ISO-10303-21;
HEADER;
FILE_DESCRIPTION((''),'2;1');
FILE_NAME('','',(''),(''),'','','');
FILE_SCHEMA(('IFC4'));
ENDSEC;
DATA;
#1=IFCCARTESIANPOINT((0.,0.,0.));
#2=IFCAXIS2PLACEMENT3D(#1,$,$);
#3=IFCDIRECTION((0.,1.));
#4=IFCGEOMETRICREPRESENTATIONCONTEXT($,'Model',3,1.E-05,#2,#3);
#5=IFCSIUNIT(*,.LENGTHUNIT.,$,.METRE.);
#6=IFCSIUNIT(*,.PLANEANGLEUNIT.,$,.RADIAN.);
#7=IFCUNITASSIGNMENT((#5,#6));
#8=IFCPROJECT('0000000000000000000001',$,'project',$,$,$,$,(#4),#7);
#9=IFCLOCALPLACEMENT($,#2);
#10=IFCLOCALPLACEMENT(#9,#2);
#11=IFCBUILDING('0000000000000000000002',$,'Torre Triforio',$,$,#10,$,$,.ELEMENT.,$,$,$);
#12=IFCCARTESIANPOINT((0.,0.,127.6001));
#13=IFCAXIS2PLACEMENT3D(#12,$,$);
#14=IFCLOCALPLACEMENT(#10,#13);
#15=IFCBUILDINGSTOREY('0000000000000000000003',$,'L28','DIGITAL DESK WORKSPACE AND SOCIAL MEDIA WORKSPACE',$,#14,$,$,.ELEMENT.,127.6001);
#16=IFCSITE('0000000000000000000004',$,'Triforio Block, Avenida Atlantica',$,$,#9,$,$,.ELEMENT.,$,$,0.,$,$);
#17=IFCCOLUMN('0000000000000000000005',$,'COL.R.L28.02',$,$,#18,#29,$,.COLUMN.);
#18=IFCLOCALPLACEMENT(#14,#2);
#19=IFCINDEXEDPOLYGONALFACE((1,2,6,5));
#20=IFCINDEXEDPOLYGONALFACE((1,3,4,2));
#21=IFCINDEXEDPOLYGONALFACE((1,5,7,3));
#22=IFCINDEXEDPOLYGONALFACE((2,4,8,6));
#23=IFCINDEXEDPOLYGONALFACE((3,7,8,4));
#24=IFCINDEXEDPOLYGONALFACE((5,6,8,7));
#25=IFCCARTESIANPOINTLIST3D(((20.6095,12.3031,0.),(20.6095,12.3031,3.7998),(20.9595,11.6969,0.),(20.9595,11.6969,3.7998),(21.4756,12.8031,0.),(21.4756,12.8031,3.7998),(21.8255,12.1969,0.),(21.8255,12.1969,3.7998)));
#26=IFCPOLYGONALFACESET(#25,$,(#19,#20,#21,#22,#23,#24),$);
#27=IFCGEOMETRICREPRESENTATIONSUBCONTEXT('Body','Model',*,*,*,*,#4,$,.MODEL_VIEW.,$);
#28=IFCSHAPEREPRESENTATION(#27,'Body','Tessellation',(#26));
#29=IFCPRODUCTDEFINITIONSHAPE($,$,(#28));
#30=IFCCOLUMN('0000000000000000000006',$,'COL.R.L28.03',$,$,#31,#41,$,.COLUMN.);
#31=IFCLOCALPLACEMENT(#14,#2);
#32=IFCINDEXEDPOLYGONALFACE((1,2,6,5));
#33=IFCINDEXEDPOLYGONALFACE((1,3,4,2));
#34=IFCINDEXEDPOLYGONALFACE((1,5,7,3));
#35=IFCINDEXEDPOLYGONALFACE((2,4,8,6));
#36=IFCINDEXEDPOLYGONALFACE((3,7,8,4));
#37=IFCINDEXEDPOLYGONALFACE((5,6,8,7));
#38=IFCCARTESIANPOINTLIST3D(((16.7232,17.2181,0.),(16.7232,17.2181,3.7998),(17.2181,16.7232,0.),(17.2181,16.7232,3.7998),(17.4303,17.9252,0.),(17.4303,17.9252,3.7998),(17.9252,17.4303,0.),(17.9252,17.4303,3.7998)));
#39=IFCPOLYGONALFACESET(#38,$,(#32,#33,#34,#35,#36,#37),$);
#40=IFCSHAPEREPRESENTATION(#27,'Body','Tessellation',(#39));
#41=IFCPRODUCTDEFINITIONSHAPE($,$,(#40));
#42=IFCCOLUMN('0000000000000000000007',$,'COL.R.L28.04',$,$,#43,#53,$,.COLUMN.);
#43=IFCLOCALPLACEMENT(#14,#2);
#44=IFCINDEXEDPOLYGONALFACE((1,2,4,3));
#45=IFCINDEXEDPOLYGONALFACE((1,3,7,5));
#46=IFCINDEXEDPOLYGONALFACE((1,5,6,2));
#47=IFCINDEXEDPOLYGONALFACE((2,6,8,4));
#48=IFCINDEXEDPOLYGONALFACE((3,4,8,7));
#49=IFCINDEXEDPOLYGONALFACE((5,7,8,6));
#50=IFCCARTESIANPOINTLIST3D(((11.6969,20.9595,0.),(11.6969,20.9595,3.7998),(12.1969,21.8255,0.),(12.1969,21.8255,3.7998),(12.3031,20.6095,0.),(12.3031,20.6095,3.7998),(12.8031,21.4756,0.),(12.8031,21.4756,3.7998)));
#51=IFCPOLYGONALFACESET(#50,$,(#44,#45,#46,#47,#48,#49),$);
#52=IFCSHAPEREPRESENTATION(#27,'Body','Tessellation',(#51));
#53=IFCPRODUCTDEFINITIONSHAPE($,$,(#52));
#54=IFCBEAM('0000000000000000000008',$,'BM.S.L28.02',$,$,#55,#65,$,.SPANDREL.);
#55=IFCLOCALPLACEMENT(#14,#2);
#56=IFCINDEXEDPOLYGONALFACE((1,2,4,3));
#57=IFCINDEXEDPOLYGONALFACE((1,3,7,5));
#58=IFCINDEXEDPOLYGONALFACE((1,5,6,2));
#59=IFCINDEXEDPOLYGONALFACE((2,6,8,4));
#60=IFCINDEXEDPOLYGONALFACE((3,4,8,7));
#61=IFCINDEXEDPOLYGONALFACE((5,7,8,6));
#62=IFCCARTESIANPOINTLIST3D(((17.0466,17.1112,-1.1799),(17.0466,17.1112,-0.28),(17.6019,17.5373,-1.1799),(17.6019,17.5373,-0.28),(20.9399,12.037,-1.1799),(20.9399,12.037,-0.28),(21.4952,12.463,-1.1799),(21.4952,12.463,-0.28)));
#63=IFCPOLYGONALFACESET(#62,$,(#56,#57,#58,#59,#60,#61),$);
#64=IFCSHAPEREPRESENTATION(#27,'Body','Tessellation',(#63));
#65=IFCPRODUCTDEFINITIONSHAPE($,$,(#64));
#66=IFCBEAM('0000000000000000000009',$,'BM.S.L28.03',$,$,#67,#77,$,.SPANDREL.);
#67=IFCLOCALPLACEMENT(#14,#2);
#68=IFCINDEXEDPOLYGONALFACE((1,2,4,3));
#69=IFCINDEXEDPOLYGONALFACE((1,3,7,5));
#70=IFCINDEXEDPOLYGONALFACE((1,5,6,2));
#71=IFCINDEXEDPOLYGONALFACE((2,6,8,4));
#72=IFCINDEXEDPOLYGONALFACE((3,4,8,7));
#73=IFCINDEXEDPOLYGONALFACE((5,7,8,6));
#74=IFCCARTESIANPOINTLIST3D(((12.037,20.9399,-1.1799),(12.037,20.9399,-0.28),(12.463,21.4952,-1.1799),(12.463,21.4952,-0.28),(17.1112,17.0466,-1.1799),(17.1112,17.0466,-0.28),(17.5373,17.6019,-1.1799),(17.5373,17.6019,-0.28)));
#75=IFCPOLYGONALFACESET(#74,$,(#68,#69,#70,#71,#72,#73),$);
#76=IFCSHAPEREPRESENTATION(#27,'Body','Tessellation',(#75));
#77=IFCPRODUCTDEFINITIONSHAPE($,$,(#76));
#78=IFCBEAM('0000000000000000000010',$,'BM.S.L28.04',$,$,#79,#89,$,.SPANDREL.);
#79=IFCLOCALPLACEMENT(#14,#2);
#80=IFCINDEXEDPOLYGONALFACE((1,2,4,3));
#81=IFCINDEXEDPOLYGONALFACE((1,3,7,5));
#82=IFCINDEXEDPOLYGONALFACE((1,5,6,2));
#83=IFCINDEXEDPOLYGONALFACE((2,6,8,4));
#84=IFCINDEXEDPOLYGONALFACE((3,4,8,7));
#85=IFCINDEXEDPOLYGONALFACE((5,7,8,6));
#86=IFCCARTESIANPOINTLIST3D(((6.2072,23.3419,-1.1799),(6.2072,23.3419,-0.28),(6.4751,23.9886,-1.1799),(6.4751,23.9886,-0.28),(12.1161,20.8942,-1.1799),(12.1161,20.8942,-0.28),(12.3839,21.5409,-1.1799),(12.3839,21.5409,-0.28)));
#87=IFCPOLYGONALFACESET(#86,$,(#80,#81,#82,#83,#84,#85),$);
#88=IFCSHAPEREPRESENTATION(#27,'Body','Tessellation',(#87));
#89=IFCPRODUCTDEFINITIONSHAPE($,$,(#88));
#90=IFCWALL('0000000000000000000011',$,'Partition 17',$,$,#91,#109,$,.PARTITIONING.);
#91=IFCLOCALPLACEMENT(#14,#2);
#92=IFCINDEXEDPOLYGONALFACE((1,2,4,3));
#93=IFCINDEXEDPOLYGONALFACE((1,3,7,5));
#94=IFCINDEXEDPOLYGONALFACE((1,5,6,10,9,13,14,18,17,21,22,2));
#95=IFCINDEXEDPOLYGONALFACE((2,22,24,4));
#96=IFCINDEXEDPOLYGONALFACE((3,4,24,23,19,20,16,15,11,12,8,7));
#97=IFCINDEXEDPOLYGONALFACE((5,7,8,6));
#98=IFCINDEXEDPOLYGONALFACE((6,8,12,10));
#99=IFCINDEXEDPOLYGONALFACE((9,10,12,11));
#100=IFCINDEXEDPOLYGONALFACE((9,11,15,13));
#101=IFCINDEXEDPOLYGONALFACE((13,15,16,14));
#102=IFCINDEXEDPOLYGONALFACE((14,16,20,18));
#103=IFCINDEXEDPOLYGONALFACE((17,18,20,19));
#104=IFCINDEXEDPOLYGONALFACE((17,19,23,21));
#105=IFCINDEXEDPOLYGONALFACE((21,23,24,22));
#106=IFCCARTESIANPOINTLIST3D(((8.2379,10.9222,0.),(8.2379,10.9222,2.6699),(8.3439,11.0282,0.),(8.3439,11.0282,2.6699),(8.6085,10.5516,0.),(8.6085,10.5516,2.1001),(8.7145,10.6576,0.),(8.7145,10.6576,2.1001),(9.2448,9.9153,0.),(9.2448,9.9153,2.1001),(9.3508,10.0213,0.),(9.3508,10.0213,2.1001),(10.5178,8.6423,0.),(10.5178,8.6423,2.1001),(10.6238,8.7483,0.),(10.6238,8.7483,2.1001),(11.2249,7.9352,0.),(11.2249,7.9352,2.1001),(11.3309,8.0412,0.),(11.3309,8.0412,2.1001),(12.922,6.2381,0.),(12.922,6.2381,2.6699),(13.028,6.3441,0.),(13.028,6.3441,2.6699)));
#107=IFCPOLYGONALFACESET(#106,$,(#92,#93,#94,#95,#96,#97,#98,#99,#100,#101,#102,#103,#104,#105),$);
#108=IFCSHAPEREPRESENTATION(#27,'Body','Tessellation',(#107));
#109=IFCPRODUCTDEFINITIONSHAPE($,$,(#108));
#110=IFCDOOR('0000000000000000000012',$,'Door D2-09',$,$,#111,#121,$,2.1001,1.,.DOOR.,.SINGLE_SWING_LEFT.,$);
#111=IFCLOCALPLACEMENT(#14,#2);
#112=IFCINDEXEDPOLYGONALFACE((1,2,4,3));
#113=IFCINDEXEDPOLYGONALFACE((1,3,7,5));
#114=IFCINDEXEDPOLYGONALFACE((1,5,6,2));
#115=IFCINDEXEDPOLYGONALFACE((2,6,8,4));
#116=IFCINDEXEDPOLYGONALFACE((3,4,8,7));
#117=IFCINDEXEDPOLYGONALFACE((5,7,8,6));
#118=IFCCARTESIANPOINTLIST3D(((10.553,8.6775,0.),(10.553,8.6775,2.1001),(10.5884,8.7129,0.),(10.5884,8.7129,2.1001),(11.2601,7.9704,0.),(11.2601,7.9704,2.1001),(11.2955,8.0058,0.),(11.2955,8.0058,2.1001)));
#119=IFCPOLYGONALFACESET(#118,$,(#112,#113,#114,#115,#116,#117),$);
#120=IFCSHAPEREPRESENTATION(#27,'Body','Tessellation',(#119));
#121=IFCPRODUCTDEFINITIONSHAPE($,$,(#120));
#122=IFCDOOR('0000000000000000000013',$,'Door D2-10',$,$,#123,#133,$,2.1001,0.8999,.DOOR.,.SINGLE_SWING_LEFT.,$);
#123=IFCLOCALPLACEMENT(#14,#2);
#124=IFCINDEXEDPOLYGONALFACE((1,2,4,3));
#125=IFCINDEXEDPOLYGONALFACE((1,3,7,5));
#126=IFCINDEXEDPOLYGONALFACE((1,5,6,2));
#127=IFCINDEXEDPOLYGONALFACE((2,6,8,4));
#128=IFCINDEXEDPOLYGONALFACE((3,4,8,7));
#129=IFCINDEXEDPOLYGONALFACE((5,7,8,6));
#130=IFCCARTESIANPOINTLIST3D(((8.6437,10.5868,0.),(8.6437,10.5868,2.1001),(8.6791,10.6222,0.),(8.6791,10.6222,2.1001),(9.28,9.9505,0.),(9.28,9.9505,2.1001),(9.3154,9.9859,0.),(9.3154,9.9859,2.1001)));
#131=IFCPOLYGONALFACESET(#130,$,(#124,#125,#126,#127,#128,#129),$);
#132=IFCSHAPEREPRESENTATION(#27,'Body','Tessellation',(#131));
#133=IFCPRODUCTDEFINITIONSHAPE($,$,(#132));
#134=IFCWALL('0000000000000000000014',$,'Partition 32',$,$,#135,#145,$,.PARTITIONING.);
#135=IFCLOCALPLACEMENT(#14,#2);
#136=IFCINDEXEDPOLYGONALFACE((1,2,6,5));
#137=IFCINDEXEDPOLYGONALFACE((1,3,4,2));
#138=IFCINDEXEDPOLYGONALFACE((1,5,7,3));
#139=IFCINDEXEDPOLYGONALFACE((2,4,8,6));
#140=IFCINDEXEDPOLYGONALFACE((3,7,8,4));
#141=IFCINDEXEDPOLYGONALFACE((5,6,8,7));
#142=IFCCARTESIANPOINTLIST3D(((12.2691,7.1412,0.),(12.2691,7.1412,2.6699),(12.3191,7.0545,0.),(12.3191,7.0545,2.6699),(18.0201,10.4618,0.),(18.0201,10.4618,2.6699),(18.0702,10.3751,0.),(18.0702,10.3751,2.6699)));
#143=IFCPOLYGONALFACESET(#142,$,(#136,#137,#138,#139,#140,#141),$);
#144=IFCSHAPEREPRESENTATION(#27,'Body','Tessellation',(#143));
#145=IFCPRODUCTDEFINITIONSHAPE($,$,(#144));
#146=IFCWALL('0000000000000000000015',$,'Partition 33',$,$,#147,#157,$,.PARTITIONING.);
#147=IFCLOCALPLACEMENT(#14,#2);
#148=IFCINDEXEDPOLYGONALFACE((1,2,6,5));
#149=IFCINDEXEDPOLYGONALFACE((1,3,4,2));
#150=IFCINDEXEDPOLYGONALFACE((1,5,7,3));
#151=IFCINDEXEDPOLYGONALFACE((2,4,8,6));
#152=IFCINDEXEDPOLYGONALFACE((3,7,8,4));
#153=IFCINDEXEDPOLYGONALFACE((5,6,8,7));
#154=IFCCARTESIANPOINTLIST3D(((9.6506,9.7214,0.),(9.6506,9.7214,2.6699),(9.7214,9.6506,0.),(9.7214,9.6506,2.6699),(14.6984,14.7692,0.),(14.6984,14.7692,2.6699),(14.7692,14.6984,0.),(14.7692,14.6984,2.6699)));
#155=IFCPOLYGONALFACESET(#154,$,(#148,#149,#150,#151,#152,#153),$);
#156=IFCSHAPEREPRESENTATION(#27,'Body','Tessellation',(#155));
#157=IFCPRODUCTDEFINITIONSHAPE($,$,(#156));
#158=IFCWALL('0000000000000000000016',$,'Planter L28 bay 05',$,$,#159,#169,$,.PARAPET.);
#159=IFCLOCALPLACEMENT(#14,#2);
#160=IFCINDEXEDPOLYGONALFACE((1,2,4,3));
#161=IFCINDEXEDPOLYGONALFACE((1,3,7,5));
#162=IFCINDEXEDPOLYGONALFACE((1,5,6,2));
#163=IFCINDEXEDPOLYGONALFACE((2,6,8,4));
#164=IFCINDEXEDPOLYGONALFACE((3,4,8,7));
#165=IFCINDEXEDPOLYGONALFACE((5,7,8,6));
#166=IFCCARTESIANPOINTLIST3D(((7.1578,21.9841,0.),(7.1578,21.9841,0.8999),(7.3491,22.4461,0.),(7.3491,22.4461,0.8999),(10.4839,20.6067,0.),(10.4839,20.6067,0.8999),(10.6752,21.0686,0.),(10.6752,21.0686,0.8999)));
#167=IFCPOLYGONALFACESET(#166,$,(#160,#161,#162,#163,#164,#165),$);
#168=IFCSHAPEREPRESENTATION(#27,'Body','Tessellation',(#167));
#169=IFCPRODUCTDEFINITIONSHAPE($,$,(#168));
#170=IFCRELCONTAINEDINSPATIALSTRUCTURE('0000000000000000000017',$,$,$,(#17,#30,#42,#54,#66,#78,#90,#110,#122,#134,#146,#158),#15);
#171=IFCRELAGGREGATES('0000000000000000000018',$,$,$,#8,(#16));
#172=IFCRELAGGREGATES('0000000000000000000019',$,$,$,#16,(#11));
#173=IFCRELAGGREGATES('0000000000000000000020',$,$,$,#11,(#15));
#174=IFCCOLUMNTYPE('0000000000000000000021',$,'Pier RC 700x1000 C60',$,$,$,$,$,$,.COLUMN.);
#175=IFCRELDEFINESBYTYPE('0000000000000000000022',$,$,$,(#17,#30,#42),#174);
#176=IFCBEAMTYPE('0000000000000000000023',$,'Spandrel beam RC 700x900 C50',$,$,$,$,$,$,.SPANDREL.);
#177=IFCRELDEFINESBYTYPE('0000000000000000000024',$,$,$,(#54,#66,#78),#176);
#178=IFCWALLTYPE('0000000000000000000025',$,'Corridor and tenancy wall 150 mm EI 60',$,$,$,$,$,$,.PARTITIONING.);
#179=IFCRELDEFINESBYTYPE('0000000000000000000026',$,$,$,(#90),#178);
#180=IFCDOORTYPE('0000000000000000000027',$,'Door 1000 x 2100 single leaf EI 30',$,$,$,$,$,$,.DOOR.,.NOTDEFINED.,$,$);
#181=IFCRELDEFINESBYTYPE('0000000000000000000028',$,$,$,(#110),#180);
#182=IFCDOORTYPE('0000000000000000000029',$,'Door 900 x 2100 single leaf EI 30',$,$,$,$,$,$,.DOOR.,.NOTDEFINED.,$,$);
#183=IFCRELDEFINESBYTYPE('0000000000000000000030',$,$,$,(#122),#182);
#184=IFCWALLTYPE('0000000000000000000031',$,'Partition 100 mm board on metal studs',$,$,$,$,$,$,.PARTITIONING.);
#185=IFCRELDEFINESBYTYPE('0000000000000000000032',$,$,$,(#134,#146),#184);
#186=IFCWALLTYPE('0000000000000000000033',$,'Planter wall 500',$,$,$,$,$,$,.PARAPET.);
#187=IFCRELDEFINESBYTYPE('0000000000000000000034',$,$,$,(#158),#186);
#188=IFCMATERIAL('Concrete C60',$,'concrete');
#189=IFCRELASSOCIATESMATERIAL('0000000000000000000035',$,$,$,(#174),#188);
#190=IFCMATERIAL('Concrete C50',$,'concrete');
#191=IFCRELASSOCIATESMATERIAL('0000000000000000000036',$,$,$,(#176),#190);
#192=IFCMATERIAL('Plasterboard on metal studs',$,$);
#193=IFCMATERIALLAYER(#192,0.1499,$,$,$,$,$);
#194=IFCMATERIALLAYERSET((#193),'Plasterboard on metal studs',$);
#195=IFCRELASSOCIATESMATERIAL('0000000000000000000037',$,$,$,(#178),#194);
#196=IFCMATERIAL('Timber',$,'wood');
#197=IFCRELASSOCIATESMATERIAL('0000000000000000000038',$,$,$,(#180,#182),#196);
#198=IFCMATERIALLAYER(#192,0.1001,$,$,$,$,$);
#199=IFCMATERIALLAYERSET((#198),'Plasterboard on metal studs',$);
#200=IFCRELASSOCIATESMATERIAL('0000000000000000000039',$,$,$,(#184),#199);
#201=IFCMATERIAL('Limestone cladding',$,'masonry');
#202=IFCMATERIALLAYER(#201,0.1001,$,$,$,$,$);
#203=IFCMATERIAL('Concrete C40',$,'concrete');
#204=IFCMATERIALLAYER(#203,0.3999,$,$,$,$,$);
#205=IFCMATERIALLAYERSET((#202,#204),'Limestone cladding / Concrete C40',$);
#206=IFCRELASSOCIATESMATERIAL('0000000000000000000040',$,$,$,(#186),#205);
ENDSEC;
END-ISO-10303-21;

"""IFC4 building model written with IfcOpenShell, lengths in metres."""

from ifc_helpers import new_model, si_unit, direction, frame, frame_2d, origin, origin_2d, place, context, subcontext, project, spatial, rectangle, extrude, material, layer, layer_set, material_profile, profile_set, type_object, element, fill, save


model = new_model("IFC4")

# Units and contexts
model_context = context("Model", 3, precision=1e-05, world=origin(), true_north=direction((0.0, 1.0)))
body_context = subcontext(model_context, "Body", "Model", "MODEL_VIEW")
ifc_project = project(units=[si_unit("LENGTHUNIT", "METRE"), si_unit("PLANEANGLEUNIT", "RADIAN")], contexts=[model_context])

# Site, building, storey
site_placement = place(None, origin())
site = spatial("IfcSite", under=ifc_project, at=site_placement, Name="Triforio Block, Avenida Atlantica", CompositionType="ELEMENT", RefElevation=0.0)
building_placement = place(site_placement, origin())
building = spatial("IfcBuilding", under=site, at=building_placement, Name="Torre Triforio", CompositionType="ELEMENT")
storey_placement = place(building_placement, frame((0.0, 0.0, 127.6001)))
storey = spatial("IfcBuildingStorey", under=building, at=storey_placement, Name="L28", Description="DIGITAL DESK WORKSPACE AND SOCIAL MEDIA WORKSPACE", CompositionType="ELEMENT", Elevation=127.6001)

# Columns
ifc_material_1 = material(Name="Concrete C60", Category="concrete")
ifc_material_profile_1 = material_profile(ifc_material_1, rectangle(XDim=0.7, YDim=1.0, at=origin_2d()), Name="RC 700x1000")
ifc_profile_set_1 = profile_set([ifc_material_profile_1], Name="Concrete C60")
column_type = type_object("IfcColumnType", Name="Pier RC 700x1000 C60", PredefinedType="COLUMN", material=ifc_profile_set_1)
for number, where, z_axis, x_axis, name in (
    (1, (21.2175, 12.25, 0.0), (0.0, 0.0, 1.0), (-0.5, 0.866025, 0.0), "COL.R.L28.02"),
    (2, (17.3242, 17.3242, 0.0), (0.0, 0.0, 1.0), (-0.707107, 0.707107, 0.0), "COL.R.L28.03"),
    (3, (12.25, 21.2175, 0.0), (0.0, 0.0, 1.0), (-0.866025, 0.5, 0.0), "COL.R.L28.04"),
):
    element("IfcColumn", number, at=place(storey_placement, frame(where, z_axis=z_axis, x_axis=x_axis)), inside=storey, type_object=column_type, Name=name, PredefinedType="COLUMN", context=body_context, shape_type="SweptSolid", body=[
        extrude(rectangle(XDim=0.7, YDim=1.0, at=origin_2d()), origin(), (0.0, 0.0, 1.0), 3.7998),
    ])

# Beams
ifc_material_2 = material(Name="Concrete C50", Category="concrete")
ifc_material_profile_2 = material_profile(ifc_material_2, rectangle(XDim=0.7, YDim=0.8999, at=origin_2d()), Name="RC 700x900")
ifc_profile_set_2 = profile_set([ifc_material_profile_2], Name="Concrete C50")
beam_type = type_object("IfcBeamType", Name="Spandrel beam RC 700x900 C50", PredefinedType="SPANDREL", material=ifc_profile_set_2)
for number, where, z_axis, x_axis, name in (
    (4, (21.2175, 12.25, -0.73), (-0.608734, 0.793374, 0.0), (-0.793374, -0.608734, 0.0), "BM.S.L28.02"),
    (5, (17.3242, 17.3242, -0.73), (-0.793374, 0.608734, 0.0), (-0.608734, -0.793374, 0.0), "BM.S.L28.03"),
    (6, (12.25, 21.2175, -0.73), (-0.923869, 0.382709, 0.0), (-0.382709, -0.923869, 0.0), "BM.S.L28.04"),
):
    element("IfcBeam", number, at=place(storey_placement, frame(where, z_axis=z_axis, x_axis=x_axis)), inside=storey, type_object=beam_type, Name=name, PredefinedType="SPANDREL", context=body_context, shape_type="SweptSolid", body=[
        extrude(rectangle(XDim=0.7, YDim=0.8999, at=origin_2d()), origin(), (0.0, 0.0, 1.0), 6.3958),
    ])

# Wall, openings, doors
ifc_material_3 = material(Name="Plasterboard on metal studs")
ifc_layer_1 = layer(ifc_material_3, 0.1499)
ifc_layer_set_1 = layer_set([ifc_layer_1], Name="Plasterboard on metal studs")
wall_type_1 = type_object("IfcWallType", Name="Corridor and tenancy wall 150 mm EI 60", PredefinedType="PARTITIONING", material=ifc_layer_set_1)
wall_1_placement = place(storey_placement, frame((8.291, 10.9751, 0.0), z_axis=(0.0, 0.0, 1.0), x_axis=(0.707107, -0.707107, 0.0)))
wall_1 = element("IfcWall", 7, at=wall_1_placement, inside=storey, type_object=wall_type_1, Name="Partition 17", PredefinedType="PARTITIONING", context=body_context, shape_type="SweptSolid", body=[
    extrude(rectangle(XDim=6.6243, YDim=0.1499, at=frame_2d((3.312, 0.0))), origin(), (0.0, 0.0, 1.0), 2.6699),
])
opening_1_placement = place(wall_1_placement, frame((3.2241, 0.0, 0.0)))
opening_1 = element("IfcOpeningElement", 8, at=opening_1_placement, cuts=wall_1, PredefinedType="OPENING", context=body_context, shape_type="SweptSolid", body=[
    extrude(rectangle(XDim=1.0, YDim=2.1001, at=frame_2d((0.5, 1.05))), frame((0.0, 0.085, 0.0), z_axis=(0.0, -1.0, 0.0), x_axis=(1.0, 0.0, 0.0)), (0.0, 0.0, 1.0), 0.1699),
])
opening_2_placement = place(wall_1_placement, frame((0.5239, 0.0, 0.0)))
opening_2 = element("IfcOpeningElement", 9, at=opening_2_placement, cuts=wall_1, PredefinedType="OPENING", context=body_context, shape_type="SweptSolid", body=[
    extrude(rectangle(XDim=0.8999, YDim=2.1001, at=frame_2d((0.45, 1.05))), frame((0.0, 0.085, 0.0), z_axis=(0.0, -1.0, 0.0), x_axis=(1.0, 0.0, 0.0)), (0.0, 0.0, 1.0), 0.1699),
])
ifc_material_4 = material(Name="Timber", Category="wood")
door_type_1 = type_object("IfcDoorType", Name="Door 1000 x 2100 single leaf EI 30", OperationType="NOTDEFINED", PredefinedType="DOOR", material=ifc_material_4)
door_1_placement = place(opening_1_placement, origin())
door_1 = element("IfcDoor", 10, at=door_1_placement, inside=storey, type_object=door_type_1, Name="Door D2-09", OperationType="SINGLE_SWING_LEFT", OverallHeight=2.1001, OverallWidth=1.0, PredefinedType="DOOR", context=body_context, shape_type="SweptSolid", body=[
    extrude(rectangle(XDim=1.0, YDim=2.1001, at=frame_2d((0.5, 1.05))), frame((0.0, 0.0249, 0.0), z_axis=(0.0, -1.0, 0.0), x_axis=(1.0, 0.0, 0.0)), (0.0, 0.0, 1.0), 0.05),
])
fill(opening_1, door_1)
door_type_2 = type_object("IfcDoorType", Name="Door 900 x 2100 single leaf EI 30", OperationType="NOTDEFINED", PredefinedType="DOOR", material=ifc_material_4)
door_2_placement = place(opening_2_placement, origin())
door_2 = element("IfcDoor", 11, at=door_2_placement, inside=storey, type_object=door_type_2, Name="Door D2-10", OperationType="SINGLE_SWING_LEFT", OverallHeight=2.1001, OverallWidth=0.8999, PredefinedType="DOOR", context=body_context, shape_type="SweptSolid", body=[
    extrude(rectangle(XDim=0.8999, YDim=2.1001, at=frame_2d((0.45, 1.05))), frame((0.0, 0.0249, 0.0), z_axis=(0.0, -1.0, 0.0), x_axis=(1.0, 0.0, 0.0)), (0.0, 0.0, 1.0), 0.05),
])
fill(opening_2, door_2)

# Walls
ifc_layer_2 = layer(ifc_material_3, 0.1001)
ifc_layer_set_2 = layer_set([ifc_layer_2], Name="Plasterboard on metal studs")
wall_type_2 = type_object("IfcWallType", Name="Partition 100 mm board on metal studs", PredefinedType="PARTITIONING", material=ifc_layer_set_2)
wall_2_placement = place(storey_placement, frame((12.2942, 7.0979, 0.0), z_axis=(0.0, 0.0, 1.0), x_axis=(0.86601, 0.500026, 0.0)))
element("IfcWall", 12, at=wall_2_placement, inside=storey, type_object=wall_type_2, Name="Partition 32", PredefinedType="PARTITIONING", context=body_context, shape_type="SweptSolid", body=[
    extrude(rectangle(XDim=6.6409, YDim=0.1001, at=frame_2d((3.3203, 0.0))), origin(), (0.0, 0.0, 1.0), 2.6699),
])
wall_3_placement = place(storey_placement, frame((9.686, 9.686, 0.0), z_axis=(0.0, 0.0, 1.0), x_axis=(0.707107, 0.707107, 0.0)))
element("IfcWall", 13, at=wall_3_placement, inside=storey, type_object=wall_type_2, Name="Partition 33", PredefinedType="PARTITIONING", context=body_context, shape_type="SweptSolid", body=[
    extrude(rectangle(XDim=7.1387, YDim=0.1001, at=frame_2d((3.5693, 0.0))), origin(), (0.0, 0.0, 1.0), 2.6699),
])
ifc_material_5 = material(Name="Limestone cladding", Category="masonry")
ifc_layer_3 = layer(ifc_material_5, 0.1001)
ifc_material_6 = material(Name="Concrete C40", Category="concrete")
ifc_layer_4 = layer(ifc_material_6, 0.3999)
ifc_layer_set_3 = layer_set([ifc_layer_3, ifc_layer_4], Name="Limestone cladding / Concrete C40")
wall_type_3 = type_object("IfcWallType", Name="Planter wall 500", PredefinedType="PARAPET", material=ifc_layer_set_3)
wall_4_placement = place(storey_placement, frame((10.5796, 20.8376, 0.0), z_axis=(0.0, 0.0, 1.0), x_axis=(-0.923909, 0.382611, 0.0)))
element("IfcWall", 14, at=wall_4_placement, inside=storey, type_object=wall_type_3, Name="Planter L28 bay 05", PredefinedType="PARAPET", context=body_context, shape_type="SweptSolid", body=[
    extrude(rectangle(XDim=3.6001, YDim=0.5, at=frame_2d((1.8, 0.0))), origin(), (0.0, 0.0, 1.0), 0.8999),
])

save(model, "model.ifc")
